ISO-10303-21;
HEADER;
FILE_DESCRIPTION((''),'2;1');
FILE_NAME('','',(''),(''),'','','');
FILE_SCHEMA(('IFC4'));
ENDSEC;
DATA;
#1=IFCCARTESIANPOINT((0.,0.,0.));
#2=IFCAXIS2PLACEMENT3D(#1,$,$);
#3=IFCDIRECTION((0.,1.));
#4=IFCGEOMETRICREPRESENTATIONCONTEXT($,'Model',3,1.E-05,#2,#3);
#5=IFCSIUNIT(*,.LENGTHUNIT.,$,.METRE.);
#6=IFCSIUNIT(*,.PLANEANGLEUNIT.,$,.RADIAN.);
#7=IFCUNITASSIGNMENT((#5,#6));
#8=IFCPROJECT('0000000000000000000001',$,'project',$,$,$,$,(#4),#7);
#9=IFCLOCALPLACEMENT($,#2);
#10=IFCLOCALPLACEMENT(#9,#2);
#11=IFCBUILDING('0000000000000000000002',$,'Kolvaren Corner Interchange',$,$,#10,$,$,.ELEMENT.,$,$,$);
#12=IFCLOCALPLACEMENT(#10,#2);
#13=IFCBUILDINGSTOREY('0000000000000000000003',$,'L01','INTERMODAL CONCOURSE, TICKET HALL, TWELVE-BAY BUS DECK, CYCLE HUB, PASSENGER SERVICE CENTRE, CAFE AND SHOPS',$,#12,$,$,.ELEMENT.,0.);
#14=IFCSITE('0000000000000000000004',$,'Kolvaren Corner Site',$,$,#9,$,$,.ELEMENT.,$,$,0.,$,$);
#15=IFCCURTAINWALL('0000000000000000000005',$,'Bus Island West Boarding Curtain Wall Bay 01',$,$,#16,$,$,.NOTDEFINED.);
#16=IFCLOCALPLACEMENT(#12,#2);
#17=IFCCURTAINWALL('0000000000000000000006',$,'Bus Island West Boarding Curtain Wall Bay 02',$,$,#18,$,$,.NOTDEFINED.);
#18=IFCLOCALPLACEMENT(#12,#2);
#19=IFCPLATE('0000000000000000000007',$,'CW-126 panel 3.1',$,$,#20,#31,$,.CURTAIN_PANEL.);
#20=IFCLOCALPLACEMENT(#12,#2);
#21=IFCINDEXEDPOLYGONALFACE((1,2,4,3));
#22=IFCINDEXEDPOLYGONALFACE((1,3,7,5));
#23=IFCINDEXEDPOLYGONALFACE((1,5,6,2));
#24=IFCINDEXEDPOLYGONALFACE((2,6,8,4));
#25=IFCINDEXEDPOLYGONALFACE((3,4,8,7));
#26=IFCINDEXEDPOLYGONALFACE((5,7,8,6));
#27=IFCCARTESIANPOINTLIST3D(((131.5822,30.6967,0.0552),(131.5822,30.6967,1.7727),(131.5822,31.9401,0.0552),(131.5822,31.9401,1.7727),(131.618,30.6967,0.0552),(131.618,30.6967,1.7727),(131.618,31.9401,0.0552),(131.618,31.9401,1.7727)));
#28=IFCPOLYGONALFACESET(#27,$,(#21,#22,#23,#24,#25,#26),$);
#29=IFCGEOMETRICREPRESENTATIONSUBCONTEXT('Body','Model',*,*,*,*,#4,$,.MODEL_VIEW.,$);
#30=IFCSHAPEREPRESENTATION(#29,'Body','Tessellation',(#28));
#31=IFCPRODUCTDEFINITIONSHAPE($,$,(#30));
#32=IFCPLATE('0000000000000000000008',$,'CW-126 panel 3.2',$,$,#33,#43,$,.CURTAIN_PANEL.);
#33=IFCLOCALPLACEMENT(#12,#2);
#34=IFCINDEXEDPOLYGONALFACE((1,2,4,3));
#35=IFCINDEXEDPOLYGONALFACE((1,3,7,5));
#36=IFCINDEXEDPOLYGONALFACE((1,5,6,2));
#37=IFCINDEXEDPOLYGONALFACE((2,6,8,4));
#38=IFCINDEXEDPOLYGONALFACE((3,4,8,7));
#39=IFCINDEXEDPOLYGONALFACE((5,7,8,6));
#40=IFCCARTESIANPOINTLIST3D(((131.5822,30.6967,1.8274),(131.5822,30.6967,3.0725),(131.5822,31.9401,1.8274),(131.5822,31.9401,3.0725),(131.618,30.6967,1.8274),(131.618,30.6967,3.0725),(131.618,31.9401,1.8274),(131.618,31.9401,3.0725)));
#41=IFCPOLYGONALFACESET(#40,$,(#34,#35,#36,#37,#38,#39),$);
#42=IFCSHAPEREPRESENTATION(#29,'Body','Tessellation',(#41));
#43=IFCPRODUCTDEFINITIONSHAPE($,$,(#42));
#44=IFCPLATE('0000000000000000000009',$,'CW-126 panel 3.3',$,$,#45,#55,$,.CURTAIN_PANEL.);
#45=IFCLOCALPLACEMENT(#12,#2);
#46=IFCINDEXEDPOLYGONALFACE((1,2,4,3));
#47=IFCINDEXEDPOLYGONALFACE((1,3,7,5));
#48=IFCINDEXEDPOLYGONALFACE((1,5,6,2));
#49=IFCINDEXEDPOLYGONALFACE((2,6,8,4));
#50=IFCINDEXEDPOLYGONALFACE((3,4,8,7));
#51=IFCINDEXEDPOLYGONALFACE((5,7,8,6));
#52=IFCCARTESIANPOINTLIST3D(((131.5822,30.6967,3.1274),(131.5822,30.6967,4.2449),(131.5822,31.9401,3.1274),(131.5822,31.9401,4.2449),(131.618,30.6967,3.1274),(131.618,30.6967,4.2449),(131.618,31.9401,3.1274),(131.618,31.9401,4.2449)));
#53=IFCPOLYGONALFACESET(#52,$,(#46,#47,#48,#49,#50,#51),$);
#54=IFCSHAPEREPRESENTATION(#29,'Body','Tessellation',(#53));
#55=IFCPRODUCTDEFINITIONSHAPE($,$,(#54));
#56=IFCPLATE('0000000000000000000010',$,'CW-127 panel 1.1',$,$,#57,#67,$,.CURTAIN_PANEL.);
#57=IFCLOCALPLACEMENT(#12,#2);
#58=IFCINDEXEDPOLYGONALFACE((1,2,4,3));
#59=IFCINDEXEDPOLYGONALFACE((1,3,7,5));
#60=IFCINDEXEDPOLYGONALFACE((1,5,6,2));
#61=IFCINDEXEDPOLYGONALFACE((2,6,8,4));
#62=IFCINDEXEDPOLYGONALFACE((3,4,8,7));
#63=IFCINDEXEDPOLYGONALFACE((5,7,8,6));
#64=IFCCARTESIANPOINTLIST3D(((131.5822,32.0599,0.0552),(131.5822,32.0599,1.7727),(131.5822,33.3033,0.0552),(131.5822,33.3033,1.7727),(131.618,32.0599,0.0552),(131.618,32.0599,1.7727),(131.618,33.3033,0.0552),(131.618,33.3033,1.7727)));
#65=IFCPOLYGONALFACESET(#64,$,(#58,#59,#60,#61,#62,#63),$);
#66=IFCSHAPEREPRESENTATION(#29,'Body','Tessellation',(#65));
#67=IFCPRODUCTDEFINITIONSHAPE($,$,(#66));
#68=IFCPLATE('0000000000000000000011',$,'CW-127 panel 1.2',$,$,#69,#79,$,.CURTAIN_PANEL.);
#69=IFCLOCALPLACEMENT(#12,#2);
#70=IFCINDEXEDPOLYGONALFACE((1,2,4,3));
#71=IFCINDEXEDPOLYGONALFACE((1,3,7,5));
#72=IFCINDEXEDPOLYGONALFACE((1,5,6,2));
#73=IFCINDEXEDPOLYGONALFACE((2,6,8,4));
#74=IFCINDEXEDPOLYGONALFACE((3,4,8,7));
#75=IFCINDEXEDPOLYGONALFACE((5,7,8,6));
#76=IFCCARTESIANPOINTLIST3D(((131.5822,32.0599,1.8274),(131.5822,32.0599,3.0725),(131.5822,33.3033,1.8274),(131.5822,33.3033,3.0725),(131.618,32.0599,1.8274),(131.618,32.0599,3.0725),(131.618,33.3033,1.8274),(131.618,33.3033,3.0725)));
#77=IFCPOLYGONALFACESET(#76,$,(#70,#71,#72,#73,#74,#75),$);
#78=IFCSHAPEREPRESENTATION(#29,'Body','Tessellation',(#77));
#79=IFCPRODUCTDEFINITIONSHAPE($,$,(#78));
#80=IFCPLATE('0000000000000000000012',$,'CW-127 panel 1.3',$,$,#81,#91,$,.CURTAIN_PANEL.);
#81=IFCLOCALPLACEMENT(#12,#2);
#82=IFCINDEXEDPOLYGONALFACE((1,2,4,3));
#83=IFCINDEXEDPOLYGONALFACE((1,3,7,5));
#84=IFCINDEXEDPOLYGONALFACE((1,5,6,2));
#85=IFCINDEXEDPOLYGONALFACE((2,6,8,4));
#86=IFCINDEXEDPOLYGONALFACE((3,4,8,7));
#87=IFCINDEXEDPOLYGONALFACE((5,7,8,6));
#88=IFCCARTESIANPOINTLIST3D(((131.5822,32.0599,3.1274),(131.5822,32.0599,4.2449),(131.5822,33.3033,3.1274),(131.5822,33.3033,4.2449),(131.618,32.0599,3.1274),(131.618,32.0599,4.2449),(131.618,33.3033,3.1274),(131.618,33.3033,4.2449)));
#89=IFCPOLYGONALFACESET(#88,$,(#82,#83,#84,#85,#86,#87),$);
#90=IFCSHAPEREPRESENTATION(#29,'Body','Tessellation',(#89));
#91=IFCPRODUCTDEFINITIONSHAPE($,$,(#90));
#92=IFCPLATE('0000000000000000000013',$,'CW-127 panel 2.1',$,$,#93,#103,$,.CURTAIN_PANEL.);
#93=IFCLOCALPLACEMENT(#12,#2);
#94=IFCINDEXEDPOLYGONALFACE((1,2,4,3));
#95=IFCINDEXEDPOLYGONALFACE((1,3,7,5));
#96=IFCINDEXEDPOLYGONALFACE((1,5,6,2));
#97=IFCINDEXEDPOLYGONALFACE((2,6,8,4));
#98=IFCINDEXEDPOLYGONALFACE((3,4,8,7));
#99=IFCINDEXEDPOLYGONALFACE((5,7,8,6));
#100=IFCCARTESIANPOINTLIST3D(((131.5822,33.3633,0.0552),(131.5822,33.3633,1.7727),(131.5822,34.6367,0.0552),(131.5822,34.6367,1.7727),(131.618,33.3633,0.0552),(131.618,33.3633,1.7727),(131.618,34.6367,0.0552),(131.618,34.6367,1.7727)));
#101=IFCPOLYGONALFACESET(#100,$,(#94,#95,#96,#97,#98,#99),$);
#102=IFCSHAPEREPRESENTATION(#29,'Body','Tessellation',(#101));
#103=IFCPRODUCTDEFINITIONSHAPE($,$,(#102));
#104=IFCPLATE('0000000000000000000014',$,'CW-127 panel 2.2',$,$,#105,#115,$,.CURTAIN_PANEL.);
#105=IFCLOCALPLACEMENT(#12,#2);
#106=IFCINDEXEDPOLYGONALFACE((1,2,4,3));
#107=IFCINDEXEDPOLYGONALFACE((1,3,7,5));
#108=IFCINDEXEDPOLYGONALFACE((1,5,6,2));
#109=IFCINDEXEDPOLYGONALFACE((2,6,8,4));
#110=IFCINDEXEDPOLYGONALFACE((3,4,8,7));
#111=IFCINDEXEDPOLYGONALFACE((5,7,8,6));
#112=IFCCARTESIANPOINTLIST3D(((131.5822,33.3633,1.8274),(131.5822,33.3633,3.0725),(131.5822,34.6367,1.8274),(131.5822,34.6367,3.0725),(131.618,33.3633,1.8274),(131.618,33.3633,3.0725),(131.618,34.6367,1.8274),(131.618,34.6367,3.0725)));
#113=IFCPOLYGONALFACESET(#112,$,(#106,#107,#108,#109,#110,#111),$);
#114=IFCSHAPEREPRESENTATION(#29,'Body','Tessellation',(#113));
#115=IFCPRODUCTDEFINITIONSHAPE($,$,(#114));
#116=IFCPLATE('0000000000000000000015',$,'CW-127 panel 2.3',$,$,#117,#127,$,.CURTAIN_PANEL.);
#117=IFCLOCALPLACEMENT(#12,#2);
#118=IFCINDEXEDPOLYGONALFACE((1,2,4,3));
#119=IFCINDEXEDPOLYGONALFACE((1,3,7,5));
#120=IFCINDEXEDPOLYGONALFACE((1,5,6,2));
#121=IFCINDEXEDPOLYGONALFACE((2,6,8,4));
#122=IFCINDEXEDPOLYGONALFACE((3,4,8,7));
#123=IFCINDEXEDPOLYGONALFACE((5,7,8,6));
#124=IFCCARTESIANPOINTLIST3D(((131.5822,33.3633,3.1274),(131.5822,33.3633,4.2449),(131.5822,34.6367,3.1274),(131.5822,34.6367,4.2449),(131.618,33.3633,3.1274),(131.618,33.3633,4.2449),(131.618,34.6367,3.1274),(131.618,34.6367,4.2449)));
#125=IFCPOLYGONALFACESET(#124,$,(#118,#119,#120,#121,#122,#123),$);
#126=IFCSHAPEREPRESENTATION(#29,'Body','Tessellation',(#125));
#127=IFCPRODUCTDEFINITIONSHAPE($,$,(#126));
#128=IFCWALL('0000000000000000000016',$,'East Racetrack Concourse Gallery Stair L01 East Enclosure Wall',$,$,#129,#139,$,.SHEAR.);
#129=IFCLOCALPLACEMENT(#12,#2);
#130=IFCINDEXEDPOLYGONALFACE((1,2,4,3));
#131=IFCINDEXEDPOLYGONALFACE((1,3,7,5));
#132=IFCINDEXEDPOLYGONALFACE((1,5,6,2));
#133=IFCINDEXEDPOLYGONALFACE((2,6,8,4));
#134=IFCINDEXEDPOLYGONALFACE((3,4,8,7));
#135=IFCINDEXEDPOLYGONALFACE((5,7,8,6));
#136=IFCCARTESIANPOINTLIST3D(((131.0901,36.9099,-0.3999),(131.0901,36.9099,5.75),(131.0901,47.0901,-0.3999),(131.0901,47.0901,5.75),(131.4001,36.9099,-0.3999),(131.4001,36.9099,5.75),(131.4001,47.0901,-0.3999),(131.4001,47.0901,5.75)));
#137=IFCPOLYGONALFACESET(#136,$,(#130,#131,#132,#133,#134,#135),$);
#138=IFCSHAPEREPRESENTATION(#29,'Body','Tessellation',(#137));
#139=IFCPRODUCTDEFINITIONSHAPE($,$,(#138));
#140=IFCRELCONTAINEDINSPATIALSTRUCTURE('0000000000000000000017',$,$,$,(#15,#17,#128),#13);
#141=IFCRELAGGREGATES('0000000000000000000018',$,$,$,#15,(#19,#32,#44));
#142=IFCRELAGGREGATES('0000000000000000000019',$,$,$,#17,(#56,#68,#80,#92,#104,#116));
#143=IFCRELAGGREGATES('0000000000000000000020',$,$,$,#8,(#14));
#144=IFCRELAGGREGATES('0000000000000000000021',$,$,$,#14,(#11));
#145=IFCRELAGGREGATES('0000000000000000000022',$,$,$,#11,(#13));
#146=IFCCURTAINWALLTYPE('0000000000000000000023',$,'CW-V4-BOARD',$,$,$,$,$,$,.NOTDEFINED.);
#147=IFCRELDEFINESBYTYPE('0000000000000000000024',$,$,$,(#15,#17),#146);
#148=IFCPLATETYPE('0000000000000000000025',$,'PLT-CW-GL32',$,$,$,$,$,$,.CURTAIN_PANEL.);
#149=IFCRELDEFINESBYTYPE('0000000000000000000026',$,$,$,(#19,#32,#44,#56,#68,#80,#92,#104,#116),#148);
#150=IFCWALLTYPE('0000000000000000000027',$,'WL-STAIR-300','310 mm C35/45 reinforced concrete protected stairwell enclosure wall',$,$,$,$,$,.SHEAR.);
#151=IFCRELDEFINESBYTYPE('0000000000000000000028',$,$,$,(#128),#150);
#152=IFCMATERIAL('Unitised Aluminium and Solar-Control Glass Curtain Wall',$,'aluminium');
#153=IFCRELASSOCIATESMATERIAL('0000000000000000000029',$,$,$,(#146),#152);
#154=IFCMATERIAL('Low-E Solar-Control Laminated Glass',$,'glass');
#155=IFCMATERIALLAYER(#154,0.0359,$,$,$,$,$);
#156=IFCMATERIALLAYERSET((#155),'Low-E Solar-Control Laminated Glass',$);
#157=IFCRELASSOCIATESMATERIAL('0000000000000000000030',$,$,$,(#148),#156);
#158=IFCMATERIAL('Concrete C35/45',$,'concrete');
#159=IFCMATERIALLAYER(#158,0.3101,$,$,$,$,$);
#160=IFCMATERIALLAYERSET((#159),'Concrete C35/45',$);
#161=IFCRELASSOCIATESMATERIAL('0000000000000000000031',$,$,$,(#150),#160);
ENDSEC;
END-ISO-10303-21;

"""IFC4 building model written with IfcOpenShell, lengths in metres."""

from ifc_helpers import new_model, si_unit, direction, frame, frame_2d, origin, origin_2d, place, context, subcontext, project, spatial, rectangle, extrude, material, layer, layer_set, type_object, element, aggregate, save


model = new_model("IFC4")

# Units and contexts
model_context = context("Model", 3, precision=1e-05, world=origin(), true_north=direction((0.0, 1.0)))
body_context = subcontext(model_context, "Body", "Model", "MODEL_VIEW")
ifc_project = project(units=[si_unit("LENGTHUNIT", "METRE"), si_unit("PLANEANGLEUNIT", "RADIAN")], contexts=[model_context])

# Site, building, storey
site_placement = place(None, origin())
site = spatial("IfcSite", under=ifc_project, at=site_placement, Name="Kolvaren Corner Site", CompositionType="ELEMENT", RefElevation=0.0)
building_placement = place(site_placement, origin())
building = spatial("IfcBuilding", under=site, at=building_placement, Name="Kolvaren Corner Interchange", CompositionType="ELEMENT")
storey_placement = place(building_placement, origin())
storey = spatial("IfcBuildingStorey", under=building, at=storey_placement, Name="L01", Description="INTERMODAL CONCOURSE, TICKET HALL, TWELVE-BAY BUS DECK, CYCLE HUB, PASSENGER SERVICE CENTRE, CAFE AND SHOPS", CompositionType="ELEMENT", Elevation=0.0)

# Curtain wall
ifc_material_1 = material(Name="Unitised Aluminium and Solar-Control Glass Curtain Wall", Category="aluminium")
curtain_wall_type = type_object("IfcCurtainWallType", Name="CW-V4-BOARD", PredefinedType="NOTDEFINED", material=ifc_material_1)
curtain_wall_1_placement = place(storey_placement, origin())
curtain_wall_1 = element("IfcCurtainWall", 1, at=curtain_wall_1_placement, inside=storey, type_object=curtain_wall_type, Name="Bus Island West Boarding Curtain Wall Bay 01", PredefinedType="NOTDEFINED")

# Curtain wall
curtain_wall_2_placement = place(storey_placement, origin())
curtain_wall_2 = element("IfcCurtainWall", 2, at=curtain_wall_2_placement, inside=storey, type_object=curtain_wall_type, Name="Bus Island West Boarding Curtain Wall Bay 02", PredefinedType="NOTDEFINED")

# Plates
ifc_material_2 = material(Name="Low-E Solar-Control Laminated Glass", Category="glass")
ifc_layer_1 = layer(ifc_material_2, 0.0359)
ifc_layer_set_1 = layer_set([ifc_layer_1], Name="Low-E Solar-Control Laminated Glass")
plate_type = type_object("IfcPlateType", Name="PLT-CW-GL32", PredefinedType="CURTAIN_PANEL", material=ifc_layer_set_1)
plate_1_placement = place(storey_placement, frame((131.6001, 31.3184, 0.0552), z_axis=(0.0, 0.0, 1.0), x_axis=(0.0, 1.0, 0.0)))
plate_1 = element("IfcPlate", 3, at=plate_1_placement, type_object=plate_type, Name="CW-126 panel 3.1", PredefinedType="CURTAIN_PANEL", context=body_context, shape_type="SweptSolid", body=[
    extrude(rectangle(XDim=1.2434, YDim=0.0359, at=origin_2d()), origin(), (0.0, 0.0, 1.0), 1.7175),
])
plate_2_placement = place(storey_placement, frame((131.6001, 31.3184, 1.8274), z_axis=(0.0, 0.0, 1.0), x_axis=(0.0, 1.0, 0.0)))
plate_2 = element("IfcPlate", 4, at=plate_2_placement, type_object=plate_type, Name="CW-126 panel 3.2", PredefinedType="CURTAIN_PANEL", context=body_context, shape_type="SweptSolid", body=[
    extrude(rectangle(XDim=1.2434, YDim=0.0359, at=origin_2d()), origin(), (0.0, 0.0, 1.0), 1.2451),
])
plate_3_placement = place(storey_placement, frame((131.6001, 31.3184, 3.1274), z_axis=(0.0, 0.0, 1.0), x_axis=(0.0, 1.0, 0.0)))
plate_3 = element("IfcPlate", 5, at=plate_3_placement, type_object=plate_type, Name="CW-126 panel 3.3", PredefinedType="CURTAIN_PANEL", context=body_context, shape_type="SweptSolid", body=[
    extrude(rectangle(XDim=1.2434, YDim=0.0359, at=origin_2d()), origin(), (0.0, 0.0, 1.0), 1.1174),
])
aggregate(curtain_wall_1, [plate_1, plate_2, plate_3])
plate_4_placement = place(storey_placement, frame((131.6001, 32.6816, 0.0552), z_axis=(0.0, 0.0, 1.0), x_axis=(0.0, 1.0, 0.0)))
plate_4 = element("IfcPlate", 6, at=plate_4_placement, type_object=plate_type, Name="CW-127 panel 1.1", PredefinedType="CURTAIN_PANEL", context=body_context, shape_type="SweptSolid", body=[
    extrude(rectangle(XDim=1.2434, YDim=0.0359, at=origin_2d()), origin(), (0.0, 0.0, 1.0), 1.7175),
])
plate_5_placement = place(storey_placement, frame((131.6001, 32.6816, 1.8274), z_axis=(0.0, 0.0, 1.0), x_axis=(0.0, 1.0, 0.0)))
plate_5 = element("IfcPlate", 7, at=plate_5_placement, type_object=plate_type, Name="CW-127 panel 1.2", PredefinedType="CURTAIN_PANEL", context=body_context, shape_type="SweptSolid", body=[
    extrude(rectangle(XDim=1.2434, YDim=0.0359, at=origin_2d()), origin(), (0.0, 0.0, 1.0), 1.2451),
])
plate_6_placement = place(storey_placement, frame((131.6001, 32.6816, 3.1274), z_axis=(0.0, 0.0, 1.0), x_axis=(0.0, 1.0, 0.0)))
plate_6 = element("IfcPlate", 8, at=plate_6_placement, type_object=plate_type, Name="CW-127 panel 1.3", PredefinedType="CURTAIN_PANEL", context=body_context, shape_type="SweptSolid", body=[
    extrude(rectangle(XDim=1.2434, YDim=0.0359, at=origin_2d()), origin(), (0.0, 0.0, 1.0), 1.1174),
])
plate_7_placement = place(storey_placement, frame((131.6001, 34.0, 0.0552), z_axis=(0.0, 0.0, 1.0), x_axis=(0.0, 1.0, 0.0)))
plate_7 = element("IfcPlate", 9, at=plate_7_placement, type_object=plate_type, Name="CW-127 panel 2.1", PredefinedType="CURTAIN_PANEL", context=body_context, shape_type="SweptSolid", body=[
    extrude(rectangle(XDim=1.2734, YDim=0.0359, at=origin_2d()), origin(), (0.0, 0.0, 1.0), 1.7175),
])
plate_8_placement = place(storey_placement, frame((131.6001, 34.0, 1.8274), z_axis=(0.0, 0.0, 1.0), x_axis=(0.0, 1.0, 0.0)))
plate_8 = element("IfcPlate", 10, at=plate_8_placement, type_object=plate_type, Name="CW-127 panel 2.2", PredefinedType="CURTAIN_PANEL", context=body_context, shape_type="SweptSolid", body=[
    extrude(rectangle(XDim=1.2734, YDim=0.0359, at=origin_2d()), origin(), (0.0, 0.0, 1.0), 1.2451),
])
plate_9_placement = place(storey_placement, frame((131.6001, 34.0, 3.1274), z_axis=(0.0, 0.0, 1.0), x_axis=(0.0, 1.0, 0.0)))
plate_9 = element("IfcPlate", 11, at=plate_9_placement, type_object=plate_type, Name="CW-127 panel 2.3", PredefinedType="CURTAIN_PANEL", context=body_context, shape_type="SweptSolid", body=[
    extrude(rectangle(XDim=1.2734, YDim=0.0359, at=origin_2d()), origin(), (0.0, 0.0, 1.0), 1.1174),
])
aggregate(curtain_wall_2, [plate_4, plate_5, plate_6, plate_7, plate_8, plate_9])

# Wall
ifc_material_3 = material(Name="Concrete C35/45", Category="concrete")
ifc_layer_2 = layer(ifc_material_3, 0.3101)
ifc_layer_set_2 = layer_set([ifc_layer_2], Name="Concrete C35/45")
wall_type = type_object("IfcWallType", Name="WL-STAIR-300", Description="310 mm C35/45 reinforced concrete protected stairwell enclosure wall", PredefinedType="SHEAR", material=ifc_layer_set_2)
wall_placement = place(storey_placement, frame((131.2451, 36.9099, -0.3999), z_axis=(0.0, 0.0, 1.0), x_axis=(0.0, 1.0, 0.0)))
element("IfcWall", 12, at=wall_placement, inside=storey, type_object=wall_type, Name="East Racetrack Concourse Gallery Stair L01 East Enclosure Wall", PredefinedType="SHEAR", context=body_context, shape_type="SweptSolid", body=[
    extrude(rectangle(XDim=10.1802, YDim=0.3101, at=frame_2d((5.0901, 0.0))), origin(), (0.0, 0.0, 1.0), 6.1499),
])

save(model, "model.ifc")
